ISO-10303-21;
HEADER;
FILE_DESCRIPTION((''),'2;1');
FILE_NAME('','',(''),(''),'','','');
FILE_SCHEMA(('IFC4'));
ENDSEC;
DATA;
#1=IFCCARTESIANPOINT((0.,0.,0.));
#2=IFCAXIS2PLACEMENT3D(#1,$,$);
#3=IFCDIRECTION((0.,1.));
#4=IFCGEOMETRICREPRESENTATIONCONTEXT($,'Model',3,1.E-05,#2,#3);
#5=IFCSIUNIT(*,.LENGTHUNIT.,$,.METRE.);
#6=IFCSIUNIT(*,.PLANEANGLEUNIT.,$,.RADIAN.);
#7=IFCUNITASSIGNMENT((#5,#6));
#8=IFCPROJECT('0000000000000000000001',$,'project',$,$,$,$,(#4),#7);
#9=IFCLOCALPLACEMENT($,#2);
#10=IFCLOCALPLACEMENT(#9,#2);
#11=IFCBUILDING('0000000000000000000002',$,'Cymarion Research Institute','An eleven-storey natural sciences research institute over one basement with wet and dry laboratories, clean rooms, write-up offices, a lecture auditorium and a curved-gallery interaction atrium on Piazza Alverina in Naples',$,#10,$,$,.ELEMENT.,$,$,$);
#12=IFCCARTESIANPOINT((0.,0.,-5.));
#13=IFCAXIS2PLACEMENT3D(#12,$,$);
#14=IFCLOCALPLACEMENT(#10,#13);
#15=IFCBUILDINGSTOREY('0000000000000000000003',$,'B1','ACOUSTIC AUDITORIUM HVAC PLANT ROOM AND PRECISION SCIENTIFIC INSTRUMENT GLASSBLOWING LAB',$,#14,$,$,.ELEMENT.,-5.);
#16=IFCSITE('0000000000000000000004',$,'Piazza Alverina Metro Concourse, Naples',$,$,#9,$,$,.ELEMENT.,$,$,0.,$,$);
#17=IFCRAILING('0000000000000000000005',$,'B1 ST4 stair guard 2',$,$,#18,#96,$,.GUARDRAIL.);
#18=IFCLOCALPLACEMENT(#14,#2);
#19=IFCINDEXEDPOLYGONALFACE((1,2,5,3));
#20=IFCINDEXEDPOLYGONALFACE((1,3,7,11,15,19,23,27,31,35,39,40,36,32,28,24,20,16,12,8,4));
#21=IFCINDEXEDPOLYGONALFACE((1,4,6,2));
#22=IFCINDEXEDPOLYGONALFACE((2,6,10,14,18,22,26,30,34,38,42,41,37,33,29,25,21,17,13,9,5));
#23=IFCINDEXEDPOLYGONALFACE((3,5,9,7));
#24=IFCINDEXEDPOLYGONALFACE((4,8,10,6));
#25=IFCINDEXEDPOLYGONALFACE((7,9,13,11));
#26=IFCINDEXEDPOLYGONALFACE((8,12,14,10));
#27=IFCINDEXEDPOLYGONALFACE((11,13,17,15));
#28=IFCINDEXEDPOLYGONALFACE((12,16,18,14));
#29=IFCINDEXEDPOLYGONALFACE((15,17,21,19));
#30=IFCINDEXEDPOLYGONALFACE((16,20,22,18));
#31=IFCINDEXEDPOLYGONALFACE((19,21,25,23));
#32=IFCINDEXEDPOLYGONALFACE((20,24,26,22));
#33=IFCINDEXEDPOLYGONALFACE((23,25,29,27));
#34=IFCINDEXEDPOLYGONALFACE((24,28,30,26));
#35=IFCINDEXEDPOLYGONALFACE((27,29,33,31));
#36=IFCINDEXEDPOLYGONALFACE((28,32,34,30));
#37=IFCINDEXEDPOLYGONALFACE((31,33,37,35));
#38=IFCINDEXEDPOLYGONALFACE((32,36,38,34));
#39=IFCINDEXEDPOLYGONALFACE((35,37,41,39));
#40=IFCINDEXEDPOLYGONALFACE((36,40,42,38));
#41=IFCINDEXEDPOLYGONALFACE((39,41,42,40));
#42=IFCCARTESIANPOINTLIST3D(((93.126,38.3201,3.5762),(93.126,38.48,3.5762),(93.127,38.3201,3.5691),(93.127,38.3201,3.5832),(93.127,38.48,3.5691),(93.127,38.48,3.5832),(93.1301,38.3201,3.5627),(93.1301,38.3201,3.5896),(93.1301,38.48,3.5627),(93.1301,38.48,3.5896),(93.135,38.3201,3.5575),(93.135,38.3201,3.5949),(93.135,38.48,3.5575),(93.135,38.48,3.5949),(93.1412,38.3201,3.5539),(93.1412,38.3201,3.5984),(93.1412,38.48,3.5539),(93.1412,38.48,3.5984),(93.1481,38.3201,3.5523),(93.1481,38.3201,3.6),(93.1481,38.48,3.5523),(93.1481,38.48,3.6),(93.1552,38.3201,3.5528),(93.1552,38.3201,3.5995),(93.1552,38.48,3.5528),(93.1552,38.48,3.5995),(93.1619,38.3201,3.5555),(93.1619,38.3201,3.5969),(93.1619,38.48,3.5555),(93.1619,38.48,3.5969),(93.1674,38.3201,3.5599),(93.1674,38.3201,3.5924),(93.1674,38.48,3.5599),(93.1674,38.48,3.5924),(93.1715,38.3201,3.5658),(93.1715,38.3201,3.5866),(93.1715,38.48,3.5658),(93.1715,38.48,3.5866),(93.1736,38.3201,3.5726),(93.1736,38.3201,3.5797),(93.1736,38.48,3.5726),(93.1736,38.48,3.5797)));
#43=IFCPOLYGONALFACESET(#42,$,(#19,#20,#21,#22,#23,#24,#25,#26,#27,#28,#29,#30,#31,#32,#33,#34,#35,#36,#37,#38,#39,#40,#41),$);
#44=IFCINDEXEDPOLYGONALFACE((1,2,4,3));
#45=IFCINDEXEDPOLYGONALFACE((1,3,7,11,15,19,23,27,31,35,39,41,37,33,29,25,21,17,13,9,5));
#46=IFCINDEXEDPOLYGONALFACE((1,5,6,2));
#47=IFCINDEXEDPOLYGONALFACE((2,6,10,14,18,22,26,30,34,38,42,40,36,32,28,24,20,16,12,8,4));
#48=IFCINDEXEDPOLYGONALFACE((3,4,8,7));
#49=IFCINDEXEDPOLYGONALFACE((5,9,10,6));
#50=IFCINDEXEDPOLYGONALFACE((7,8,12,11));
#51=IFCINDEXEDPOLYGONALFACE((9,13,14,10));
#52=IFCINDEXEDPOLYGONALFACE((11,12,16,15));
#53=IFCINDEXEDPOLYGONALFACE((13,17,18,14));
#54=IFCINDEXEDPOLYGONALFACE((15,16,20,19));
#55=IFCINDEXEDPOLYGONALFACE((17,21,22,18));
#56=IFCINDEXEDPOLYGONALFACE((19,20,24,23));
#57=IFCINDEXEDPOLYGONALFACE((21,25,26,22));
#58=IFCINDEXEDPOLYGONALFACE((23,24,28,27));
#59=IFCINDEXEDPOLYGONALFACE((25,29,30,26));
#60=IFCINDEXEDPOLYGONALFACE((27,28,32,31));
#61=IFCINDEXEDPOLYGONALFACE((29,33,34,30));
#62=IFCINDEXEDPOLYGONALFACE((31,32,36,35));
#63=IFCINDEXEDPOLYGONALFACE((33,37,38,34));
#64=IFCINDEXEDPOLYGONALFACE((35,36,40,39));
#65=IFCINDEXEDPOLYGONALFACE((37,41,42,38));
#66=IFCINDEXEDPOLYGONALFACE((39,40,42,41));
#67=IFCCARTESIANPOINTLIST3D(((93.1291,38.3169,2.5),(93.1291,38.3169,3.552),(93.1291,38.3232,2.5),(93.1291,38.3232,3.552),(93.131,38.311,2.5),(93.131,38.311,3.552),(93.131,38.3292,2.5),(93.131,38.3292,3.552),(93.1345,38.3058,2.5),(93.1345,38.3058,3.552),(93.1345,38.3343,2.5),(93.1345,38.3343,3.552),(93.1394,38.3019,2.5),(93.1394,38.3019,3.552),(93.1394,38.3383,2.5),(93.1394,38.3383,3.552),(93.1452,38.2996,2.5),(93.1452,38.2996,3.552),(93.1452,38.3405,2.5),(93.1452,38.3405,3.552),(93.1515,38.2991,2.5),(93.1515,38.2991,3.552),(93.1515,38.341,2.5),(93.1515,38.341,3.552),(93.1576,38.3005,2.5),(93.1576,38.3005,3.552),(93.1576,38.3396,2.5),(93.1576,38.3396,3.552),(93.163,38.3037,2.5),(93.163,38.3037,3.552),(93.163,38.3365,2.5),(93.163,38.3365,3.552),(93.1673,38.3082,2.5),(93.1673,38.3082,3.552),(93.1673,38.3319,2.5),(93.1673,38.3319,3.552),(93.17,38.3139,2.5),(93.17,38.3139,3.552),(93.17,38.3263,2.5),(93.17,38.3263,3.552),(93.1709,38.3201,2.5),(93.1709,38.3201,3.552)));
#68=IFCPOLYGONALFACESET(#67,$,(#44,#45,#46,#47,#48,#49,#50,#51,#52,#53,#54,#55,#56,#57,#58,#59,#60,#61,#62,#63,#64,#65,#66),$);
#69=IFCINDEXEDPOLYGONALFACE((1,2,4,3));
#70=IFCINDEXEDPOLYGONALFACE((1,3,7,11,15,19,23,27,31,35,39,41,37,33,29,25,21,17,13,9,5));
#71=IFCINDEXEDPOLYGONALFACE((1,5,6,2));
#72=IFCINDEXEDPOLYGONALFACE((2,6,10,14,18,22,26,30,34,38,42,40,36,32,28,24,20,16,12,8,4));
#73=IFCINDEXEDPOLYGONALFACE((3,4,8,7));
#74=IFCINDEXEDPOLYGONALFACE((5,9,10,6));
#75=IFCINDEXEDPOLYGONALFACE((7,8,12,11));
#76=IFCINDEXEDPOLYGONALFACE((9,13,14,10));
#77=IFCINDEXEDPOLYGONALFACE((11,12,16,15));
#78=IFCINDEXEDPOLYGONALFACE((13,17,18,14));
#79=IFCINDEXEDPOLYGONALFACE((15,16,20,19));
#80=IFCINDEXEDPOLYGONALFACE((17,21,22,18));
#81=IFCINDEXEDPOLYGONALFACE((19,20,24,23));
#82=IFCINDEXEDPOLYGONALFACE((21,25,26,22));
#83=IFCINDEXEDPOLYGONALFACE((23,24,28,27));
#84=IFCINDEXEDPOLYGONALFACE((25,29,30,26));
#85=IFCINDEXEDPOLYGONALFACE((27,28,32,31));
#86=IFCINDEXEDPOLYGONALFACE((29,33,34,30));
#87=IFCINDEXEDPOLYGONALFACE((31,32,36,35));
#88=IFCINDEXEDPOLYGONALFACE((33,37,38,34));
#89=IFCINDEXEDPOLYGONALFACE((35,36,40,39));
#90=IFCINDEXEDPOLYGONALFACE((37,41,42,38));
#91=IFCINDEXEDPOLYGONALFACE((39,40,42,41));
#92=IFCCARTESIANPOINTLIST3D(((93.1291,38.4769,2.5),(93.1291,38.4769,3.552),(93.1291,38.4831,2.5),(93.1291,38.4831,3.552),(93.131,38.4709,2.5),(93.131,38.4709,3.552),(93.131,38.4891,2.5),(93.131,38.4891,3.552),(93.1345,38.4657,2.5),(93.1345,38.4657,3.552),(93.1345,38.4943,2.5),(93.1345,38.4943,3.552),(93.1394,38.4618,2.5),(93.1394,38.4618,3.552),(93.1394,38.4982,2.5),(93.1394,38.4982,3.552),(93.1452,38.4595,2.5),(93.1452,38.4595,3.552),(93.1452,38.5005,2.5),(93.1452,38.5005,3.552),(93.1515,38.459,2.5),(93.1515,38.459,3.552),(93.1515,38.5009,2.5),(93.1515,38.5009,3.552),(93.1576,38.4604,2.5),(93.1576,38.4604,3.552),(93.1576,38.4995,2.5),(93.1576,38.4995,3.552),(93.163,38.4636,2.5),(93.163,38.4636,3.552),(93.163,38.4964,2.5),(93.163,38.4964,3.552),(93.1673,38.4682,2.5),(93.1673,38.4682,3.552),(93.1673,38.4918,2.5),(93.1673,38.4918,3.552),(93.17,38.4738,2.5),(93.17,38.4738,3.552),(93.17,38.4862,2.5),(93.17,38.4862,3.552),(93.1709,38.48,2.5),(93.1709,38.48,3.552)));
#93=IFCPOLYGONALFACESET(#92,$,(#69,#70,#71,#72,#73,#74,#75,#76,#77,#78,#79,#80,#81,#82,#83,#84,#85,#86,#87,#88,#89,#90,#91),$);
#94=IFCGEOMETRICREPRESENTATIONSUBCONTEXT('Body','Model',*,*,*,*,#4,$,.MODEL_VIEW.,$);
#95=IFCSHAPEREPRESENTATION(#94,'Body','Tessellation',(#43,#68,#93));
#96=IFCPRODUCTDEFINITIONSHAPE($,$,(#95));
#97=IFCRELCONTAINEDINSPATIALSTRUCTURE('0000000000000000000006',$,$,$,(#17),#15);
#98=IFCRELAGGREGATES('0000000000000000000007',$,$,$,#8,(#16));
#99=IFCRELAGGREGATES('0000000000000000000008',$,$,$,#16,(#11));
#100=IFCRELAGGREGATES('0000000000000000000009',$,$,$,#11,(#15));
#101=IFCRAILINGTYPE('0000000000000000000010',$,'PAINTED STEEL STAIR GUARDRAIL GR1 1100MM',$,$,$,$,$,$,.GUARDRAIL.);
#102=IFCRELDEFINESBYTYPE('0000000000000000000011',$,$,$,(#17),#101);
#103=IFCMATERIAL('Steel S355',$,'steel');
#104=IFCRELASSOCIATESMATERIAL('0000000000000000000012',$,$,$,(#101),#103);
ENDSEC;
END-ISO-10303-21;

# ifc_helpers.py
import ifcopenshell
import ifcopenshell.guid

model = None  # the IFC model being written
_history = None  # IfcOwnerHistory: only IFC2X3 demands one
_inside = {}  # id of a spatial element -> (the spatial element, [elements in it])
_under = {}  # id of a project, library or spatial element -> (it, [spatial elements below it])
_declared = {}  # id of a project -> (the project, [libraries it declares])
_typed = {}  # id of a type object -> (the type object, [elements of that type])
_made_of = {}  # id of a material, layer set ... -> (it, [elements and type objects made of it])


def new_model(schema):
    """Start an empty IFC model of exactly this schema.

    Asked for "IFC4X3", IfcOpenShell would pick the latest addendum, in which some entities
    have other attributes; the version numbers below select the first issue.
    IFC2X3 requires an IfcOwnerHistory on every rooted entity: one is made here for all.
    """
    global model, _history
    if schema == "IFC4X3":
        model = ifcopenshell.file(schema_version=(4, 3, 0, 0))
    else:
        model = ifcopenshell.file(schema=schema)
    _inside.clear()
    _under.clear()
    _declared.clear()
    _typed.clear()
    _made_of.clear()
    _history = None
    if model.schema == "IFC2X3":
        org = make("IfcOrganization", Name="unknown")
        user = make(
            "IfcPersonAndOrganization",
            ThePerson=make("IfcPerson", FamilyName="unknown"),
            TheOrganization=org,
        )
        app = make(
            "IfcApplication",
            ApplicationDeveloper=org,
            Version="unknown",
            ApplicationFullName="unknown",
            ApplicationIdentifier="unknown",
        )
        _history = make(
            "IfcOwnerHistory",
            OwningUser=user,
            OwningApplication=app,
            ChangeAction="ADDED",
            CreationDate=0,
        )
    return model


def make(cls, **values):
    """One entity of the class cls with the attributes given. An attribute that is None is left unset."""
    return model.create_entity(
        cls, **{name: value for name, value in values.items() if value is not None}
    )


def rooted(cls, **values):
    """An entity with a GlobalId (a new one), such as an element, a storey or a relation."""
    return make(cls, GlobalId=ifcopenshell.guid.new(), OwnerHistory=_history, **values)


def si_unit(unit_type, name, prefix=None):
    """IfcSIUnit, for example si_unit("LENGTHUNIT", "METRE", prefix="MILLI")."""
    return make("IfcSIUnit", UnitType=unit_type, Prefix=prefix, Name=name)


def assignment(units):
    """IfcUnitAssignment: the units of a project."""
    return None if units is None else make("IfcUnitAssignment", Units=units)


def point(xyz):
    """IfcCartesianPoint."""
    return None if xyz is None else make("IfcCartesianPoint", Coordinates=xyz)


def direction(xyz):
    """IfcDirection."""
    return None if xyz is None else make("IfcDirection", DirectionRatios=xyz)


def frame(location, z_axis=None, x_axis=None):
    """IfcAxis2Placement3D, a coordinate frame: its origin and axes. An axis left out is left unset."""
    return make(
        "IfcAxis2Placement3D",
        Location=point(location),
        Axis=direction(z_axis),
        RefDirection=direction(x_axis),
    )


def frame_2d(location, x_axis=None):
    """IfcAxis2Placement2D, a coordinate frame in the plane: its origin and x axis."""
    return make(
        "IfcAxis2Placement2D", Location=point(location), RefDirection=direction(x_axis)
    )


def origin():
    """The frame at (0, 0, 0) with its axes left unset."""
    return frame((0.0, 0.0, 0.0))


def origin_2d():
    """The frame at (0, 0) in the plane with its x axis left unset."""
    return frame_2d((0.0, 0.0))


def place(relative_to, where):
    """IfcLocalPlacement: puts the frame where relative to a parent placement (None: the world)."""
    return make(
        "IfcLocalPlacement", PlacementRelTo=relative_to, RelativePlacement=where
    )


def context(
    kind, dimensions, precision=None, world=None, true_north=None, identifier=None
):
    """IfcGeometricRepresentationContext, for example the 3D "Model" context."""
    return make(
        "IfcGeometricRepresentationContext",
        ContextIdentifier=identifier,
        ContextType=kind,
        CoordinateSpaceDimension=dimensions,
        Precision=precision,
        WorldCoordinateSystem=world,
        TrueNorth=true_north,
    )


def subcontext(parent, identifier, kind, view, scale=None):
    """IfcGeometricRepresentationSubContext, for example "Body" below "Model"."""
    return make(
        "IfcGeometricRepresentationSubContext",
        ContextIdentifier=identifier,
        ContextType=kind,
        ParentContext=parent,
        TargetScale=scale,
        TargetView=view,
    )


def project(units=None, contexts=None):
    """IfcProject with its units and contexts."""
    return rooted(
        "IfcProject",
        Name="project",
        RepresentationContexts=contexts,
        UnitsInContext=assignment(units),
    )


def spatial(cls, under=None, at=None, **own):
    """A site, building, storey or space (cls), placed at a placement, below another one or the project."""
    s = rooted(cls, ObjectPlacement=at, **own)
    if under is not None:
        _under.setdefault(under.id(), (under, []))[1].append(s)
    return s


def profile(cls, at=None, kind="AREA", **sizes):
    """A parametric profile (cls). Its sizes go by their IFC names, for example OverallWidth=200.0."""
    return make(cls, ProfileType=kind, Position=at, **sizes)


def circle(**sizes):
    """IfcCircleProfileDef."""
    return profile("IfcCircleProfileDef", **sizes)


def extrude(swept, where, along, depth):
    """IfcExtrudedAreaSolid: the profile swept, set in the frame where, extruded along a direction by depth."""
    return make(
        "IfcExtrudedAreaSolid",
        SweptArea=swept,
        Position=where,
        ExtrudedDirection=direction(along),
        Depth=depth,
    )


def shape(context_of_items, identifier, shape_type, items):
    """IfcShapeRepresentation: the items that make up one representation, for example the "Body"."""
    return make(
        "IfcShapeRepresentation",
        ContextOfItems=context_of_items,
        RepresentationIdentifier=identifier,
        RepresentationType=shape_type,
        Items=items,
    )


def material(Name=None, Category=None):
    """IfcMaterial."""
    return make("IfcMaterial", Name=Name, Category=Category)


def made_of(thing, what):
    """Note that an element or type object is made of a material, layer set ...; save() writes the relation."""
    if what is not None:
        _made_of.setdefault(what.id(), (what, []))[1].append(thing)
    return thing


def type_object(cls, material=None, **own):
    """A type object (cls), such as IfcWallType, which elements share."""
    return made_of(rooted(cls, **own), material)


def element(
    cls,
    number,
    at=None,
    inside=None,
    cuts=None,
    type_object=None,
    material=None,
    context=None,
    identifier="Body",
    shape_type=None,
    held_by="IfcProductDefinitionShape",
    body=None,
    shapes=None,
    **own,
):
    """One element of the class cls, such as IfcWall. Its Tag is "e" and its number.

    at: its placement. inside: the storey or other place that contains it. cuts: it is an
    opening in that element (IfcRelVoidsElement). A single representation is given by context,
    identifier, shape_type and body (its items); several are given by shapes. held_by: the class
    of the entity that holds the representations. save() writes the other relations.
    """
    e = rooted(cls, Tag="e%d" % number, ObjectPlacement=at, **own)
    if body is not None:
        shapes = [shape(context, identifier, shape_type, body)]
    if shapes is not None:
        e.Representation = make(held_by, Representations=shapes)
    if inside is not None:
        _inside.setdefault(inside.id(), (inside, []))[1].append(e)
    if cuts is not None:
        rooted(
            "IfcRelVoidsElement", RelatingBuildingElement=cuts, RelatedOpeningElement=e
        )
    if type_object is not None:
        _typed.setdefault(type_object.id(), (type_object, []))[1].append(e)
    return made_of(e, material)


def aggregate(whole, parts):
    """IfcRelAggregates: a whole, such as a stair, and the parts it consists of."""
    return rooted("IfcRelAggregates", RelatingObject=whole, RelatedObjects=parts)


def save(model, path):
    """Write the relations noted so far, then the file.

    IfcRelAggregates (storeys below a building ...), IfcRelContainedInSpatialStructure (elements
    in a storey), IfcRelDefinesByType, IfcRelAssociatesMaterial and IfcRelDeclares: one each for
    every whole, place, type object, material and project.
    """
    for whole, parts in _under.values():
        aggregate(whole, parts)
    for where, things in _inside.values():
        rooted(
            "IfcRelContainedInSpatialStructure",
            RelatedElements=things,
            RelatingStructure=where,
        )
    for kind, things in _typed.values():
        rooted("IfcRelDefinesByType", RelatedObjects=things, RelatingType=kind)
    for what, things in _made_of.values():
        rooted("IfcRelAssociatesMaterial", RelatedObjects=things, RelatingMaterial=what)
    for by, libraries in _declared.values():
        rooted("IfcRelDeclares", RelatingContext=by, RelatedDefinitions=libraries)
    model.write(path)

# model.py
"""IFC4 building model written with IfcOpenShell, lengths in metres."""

from ifc_helpers import new_model, si_unit, direction, frame, origin, origin_2d, place, context, subcontext, project, spatial, circle, extrude, material, type_object, element, save


model = new_model("IFC4")

# Units and contexts
model_context = context("Model", 3, precision=1e-05, world=origin(), true_north=direction((0.0, 1.0)))
body_context = subcontext(model_context, "Body", "Model", "MODEL_VIEW")
ifc_project = project(units=[si_unit("LENGTHUNIT", "METRE"), si_unit("PLANEANGLEUNIT", "RADIAN")], contexts=[model_context])

# Site, building, storey
site_placement = place(None, origin())
site = spatial("IfcSite", under=ifc_project, at=site_placement, Name="Piazza Alverina Metro Concourse, Naples", CompositionType="ELEMENT", RefElevation=0.0)
building_placement = place(site_placement, origin())
building = spatial("IfcBuilding", under=site, at=building_placement, Name="Cymarion Research Institute", Description="An eleven-storey natural sciences research institute over one basement with wet and dry laboratories, clean rooms, write-up offices, a lecture auditorium and a curved-gallery interaction atrium on Piazza Alverina in Naples", CompositionType="ELEMENT")
storey_placement = place(building_placement, frame((0.0, 0.0, -5.0)))
storey = spatial("IfcBuildingStorey", under=building, at=storey_placement, Name="B1", Description="ACOUSTIC AUDITORIUM HVAC PLANT ROOM AND PRECISION SCIENTIFIC INSTRUMENT GLASSBLOWING LAB", CompositionType="ELEMENT", Elevation=-5.0)

# Shared definitions
ifc_material_1 = material(Name="Steel S355", Category="steel")

# Railing
railing_type_1 = type_object("IfcRailingType", Name="PAINTED STEEL STAIR GUARDRAIL GR1 1100MM", PredefinedType="GUARDRAIL", material=ifc_material_1)
railing_1_placement = place(storey_placement, frame((93.1499, 38.3201, 2.5)))
element("IfcRailing", 1, at=railing_1_placement, inside=storey, type_object=railing_type_1, Name="B1 ST4 stair guard 2", PredefinedType="GUARDRAIL", context=body_context, shape_type="SweptSolid", body=[
    extrude(circle(Radius=0.0239, at=origin_2d()), frame((0.0, 0.0, 1.0762), z_axis=(0.0, 1.0, 0.0), x_axis=(-1.0, 0.0, 0.0)), (0.0, 0.0, 1.0), 0.1599),
    extrude(circle(Radius=0.021, at=origin_2d()), origin(), (0.0, 0.0, 1.0), 1.052),
    extrude(circle(Radius=0.021, at=origin_2d()), frame((0.0, 0.1599, 0.0)), (0.0, 0.0, 1.0), 1.052),
])

save(model, "model.ifc")
